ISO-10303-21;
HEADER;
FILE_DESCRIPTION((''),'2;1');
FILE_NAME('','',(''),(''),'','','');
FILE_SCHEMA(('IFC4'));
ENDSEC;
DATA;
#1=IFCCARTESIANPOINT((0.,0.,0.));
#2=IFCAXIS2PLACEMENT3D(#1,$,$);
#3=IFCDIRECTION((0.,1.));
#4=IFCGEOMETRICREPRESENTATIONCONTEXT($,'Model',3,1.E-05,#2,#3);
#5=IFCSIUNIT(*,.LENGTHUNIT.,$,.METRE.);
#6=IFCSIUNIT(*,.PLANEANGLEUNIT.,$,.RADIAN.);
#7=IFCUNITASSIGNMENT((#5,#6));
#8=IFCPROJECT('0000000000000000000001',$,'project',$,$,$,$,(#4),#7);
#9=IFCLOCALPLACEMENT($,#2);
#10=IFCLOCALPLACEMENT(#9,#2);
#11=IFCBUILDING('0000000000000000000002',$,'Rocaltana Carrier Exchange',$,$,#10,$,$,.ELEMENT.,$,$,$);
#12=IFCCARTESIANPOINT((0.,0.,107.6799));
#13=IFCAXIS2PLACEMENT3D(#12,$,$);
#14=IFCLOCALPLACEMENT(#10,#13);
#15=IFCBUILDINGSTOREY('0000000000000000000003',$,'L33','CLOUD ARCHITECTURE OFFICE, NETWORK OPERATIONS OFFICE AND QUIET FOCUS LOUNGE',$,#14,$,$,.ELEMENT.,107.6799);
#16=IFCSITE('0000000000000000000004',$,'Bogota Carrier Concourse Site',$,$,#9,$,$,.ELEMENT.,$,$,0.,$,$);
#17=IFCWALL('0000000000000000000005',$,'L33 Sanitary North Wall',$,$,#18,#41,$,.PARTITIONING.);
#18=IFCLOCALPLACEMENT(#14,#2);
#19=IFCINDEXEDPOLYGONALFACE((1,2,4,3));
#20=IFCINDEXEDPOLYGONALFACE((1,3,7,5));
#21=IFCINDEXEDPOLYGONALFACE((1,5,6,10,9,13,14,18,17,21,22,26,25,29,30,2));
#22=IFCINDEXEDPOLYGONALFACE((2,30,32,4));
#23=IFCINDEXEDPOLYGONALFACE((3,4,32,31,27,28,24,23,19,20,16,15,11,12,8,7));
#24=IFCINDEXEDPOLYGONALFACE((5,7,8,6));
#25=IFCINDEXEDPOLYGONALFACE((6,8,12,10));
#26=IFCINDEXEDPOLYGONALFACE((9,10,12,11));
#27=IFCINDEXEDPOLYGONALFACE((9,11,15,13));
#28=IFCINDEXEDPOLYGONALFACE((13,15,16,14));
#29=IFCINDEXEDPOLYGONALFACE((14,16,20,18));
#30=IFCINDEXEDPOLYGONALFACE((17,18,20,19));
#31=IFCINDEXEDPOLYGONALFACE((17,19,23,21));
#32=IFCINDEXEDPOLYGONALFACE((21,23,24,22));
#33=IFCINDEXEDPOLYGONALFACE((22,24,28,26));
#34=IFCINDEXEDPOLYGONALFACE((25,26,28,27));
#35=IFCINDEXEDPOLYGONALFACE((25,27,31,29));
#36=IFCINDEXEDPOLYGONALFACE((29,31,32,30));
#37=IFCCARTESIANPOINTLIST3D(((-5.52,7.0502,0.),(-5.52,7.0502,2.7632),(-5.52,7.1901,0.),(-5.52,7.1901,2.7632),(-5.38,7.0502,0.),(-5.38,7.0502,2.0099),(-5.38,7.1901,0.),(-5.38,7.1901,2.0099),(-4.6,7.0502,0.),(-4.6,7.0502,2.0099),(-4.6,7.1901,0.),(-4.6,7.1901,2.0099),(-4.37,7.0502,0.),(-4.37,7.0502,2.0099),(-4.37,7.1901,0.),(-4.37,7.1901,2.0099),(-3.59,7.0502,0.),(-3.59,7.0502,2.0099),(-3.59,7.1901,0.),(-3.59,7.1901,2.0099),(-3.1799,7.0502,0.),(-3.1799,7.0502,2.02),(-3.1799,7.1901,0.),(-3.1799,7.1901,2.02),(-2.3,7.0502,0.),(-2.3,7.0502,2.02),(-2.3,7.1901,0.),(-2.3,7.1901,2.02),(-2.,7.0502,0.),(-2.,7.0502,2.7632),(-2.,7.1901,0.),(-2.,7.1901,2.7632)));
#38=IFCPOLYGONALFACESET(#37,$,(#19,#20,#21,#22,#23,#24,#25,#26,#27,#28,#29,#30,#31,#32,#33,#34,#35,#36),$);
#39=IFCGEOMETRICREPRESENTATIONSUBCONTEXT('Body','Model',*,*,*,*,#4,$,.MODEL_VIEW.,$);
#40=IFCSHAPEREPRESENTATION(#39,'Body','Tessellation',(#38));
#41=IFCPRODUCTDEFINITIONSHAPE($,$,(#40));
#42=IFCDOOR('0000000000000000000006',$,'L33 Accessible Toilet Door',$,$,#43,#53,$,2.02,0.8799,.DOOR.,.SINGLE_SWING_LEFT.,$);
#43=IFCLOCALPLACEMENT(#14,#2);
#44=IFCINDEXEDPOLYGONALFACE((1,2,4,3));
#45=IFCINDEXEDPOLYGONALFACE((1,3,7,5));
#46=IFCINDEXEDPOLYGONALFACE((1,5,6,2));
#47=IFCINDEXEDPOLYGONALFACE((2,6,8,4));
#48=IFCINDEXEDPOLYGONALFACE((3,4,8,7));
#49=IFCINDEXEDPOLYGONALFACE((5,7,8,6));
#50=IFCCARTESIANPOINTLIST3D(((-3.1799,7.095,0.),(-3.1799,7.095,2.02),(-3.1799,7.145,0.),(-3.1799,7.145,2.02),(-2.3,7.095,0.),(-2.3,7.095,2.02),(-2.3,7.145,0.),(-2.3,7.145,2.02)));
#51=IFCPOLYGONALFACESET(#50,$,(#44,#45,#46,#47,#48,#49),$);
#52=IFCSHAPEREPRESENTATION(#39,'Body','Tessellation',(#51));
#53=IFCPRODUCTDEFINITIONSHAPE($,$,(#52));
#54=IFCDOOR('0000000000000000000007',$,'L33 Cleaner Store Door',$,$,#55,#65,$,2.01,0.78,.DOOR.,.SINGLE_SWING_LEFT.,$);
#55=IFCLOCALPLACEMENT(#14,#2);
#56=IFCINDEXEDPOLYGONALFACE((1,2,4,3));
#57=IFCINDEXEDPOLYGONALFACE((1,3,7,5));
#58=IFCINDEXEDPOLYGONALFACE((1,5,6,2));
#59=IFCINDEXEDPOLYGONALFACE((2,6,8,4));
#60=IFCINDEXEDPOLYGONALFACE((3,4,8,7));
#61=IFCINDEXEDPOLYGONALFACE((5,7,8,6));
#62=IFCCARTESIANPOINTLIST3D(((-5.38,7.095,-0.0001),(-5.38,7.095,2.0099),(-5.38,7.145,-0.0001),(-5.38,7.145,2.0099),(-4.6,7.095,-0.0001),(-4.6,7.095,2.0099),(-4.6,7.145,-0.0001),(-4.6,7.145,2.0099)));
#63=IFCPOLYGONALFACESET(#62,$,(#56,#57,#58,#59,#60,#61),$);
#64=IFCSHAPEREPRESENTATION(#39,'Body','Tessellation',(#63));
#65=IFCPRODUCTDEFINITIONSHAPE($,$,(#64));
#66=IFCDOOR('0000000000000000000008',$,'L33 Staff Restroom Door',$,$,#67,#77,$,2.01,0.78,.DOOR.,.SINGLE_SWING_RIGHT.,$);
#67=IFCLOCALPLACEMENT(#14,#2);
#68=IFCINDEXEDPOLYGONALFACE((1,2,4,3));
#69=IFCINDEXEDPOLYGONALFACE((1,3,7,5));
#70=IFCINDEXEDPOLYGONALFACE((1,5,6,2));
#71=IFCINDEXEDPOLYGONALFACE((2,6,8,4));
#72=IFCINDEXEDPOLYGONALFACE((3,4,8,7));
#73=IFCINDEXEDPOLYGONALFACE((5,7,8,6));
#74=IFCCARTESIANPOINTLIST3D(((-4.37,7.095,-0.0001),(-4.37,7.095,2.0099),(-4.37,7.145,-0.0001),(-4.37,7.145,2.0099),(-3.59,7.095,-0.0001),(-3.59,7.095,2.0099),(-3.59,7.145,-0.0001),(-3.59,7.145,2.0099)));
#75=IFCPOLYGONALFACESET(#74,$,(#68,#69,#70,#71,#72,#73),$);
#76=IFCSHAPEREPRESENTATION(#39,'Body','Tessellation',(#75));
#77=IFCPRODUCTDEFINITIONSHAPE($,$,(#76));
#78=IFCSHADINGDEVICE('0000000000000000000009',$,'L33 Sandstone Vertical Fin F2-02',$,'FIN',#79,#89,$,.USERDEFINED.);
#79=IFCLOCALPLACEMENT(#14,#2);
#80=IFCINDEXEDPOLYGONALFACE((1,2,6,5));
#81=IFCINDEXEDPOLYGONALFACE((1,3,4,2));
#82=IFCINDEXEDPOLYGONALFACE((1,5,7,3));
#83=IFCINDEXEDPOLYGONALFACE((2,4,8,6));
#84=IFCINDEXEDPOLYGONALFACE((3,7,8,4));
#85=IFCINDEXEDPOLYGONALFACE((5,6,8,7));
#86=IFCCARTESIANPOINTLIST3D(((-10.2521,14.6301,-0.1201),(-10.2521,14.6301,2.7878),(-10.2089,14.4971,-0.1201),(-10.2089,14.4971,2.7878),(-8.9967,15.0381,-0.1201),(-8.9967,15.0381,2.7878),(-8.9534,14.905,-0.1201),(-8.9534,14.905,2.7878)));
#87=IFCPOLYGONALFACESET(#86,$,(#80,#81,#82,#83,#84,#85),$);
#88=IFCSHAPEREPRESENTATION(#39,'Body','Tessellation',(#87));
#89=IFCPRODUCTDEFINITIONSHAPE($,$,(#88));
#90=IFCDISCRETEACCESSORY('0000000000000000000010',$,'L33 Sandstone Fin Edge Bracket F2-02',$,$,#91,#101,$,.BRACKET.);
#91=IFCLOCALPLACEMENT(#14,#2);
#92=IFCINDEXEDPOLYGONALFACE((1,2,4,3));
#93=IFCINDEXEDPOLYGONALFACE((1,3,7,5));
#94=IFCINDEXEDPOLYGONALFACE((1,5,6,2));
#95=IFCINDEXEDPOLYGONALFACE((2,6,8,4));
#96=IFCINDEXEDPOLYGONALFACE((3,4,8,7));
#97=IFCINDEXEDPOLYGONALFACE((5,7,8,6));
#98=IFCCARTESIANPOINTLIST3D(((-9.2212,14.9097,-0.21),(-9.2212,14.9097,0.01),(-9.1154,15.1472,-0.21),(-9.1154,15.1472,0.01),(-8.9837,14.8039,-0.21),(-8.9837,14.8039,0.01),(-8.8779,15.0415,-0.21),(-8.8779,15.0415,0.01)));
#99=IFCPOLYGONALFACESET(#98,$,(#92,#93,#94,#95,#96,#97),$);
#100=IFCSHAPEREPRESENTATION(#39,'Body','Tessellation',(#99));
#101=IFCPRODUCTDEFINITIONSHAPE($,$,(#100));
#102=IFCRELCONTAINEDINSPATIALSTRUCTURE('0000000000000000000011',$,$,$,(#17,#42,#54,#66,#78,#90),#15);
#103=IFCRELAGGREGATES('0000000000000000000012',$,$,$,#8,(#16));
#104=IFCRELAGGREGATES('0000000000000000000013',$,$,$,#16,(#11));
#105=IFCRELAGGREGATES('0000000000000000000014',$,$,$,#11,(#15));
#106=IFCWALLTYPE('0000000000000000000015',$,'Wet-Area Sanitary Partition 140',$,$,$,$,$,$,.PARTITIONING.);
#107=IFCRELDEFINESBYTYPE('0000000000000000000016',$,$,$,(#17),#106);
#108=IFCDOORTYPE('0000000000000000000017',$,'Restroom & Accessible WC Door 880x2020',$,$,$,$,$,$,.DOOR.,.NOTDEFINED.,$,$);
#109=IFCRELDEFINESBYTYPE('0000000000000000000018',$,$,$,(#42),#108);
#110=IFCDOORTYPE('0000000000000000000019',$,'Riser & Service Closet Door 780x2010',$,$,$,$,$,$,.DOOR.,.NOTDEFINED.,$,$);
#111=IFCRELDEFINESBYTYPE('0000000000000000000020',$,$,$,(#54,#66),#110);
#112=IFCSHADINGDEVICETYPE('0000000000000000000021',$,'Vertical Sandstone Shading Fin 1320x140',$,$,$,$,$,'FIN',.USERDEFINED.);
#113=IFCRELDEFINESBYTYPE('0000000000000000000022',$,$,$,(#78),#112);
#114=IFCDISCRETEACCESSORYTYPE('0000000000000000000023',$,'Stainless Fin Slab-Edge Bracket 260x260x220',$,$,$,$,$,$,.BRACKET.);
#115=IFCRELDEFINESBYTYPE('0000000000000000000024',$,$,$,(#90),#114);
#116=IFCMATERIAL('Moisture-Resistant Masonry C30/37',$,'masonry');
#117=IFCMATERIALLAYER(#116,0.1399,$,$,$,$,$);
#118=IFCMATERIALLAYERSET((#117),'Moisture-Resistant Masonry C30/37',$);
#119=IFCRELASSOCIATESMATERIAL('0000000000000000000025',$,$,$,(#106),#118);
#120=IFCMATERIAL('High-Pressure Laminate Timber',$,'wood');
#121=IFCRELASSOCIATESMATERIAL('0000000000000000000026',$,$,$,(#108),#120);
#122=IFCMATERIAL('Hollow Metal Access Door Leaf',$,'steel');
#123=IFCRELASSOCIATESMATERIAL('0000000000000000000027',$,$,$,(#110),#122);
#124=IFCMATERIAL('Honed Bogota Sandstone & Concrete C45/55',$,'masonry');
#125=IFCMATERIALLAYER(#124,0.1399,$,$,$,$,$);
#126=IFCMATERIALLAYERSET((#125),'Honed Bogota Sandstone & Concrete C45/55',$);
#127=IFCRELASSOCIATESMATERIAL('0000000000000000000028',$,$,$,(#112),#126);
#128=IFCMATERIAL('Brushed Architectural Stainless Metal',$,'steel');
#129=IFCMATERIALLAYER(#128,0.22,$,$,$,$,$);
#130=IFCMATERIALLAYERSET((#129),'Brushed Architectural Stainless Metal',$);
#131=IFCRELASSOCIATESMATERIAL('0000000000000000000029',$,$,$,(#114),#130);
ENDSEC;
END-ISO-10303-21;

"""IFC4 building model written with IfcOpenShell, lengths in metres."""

from ifc_helpers import new_model, si_unit, direction, frame, frame_2d, origin, origin_2d, place, context, subcontext, project, spatial, rectangle, extrude, material, layer, layer_set, type_object, element, fill, save


model = new_model("IFC4")

# Units and contexts
model_context = context("Model", 3, precision=1e-05, world=origin(), true_north=direction((0.0, 1.0)))
body_context = subcontext(model_context, "Body", "Model", "MODEL_VIEW")
ifc_project = project(units=[si_unit("LENGTHUNIT", "METRE"), si_unit("PLANEANGLEUNIT", "RADIAN")], contexts=[model_context])

# Site, building, storey
site_placement = place(None, origin())
site = spatial("IfcSite", under=ifc_project, at=site_placement, Name="Bogota Carrier Concourse Site", CompositionType="ELEMENT", RefElevation=0.0)
building_placement = place(site_placement, origin())
building = spatial("IfcBuilding", under=site, at=building_placement, Name="Rocaltana Carrier Exchange", CompositionType="ELEMENT")
storey_placement = place(building_placement, frame((0.0, 0.0, 107.6799)))
storey = spatial("IfcBuildingStorey", under=building, at=storey_placement, Name="L33", Description="CLOUD ARCHITECTURE OFFICE, NETWORK OPERATIONS OFFICE AND QUIET FOCUS LOUNGE", CompositionType="ELEMENT", Elevation=107.6799)

# Wall, openings, doors
ifc_material_1 = material(Name="Moisture-Resistant Masonry C30/37", Category="masonry")
ifc_layer_1 = layer(ifc_material_1, 0.1399)
ifc_layer_set_1 = layer_set([ifc_layer_1], Name="Moisture-Resistant Masonry C30/37")
wall_type_1 = type_object("IfcWallType", Name="Wet-Area Sanitary Partition 140", PredefinedType="PARTITIONING", material=ifc_layer_set_1)
wall_1_placement = place(storey_placement, frame((-5.52, 7.1201, 0.0), z_axis=(0.0, 0.0, 1.0), x_axis=(1.0, 0.0, 0.0)))
wall_1 = element("IfcWall", 1, at=wall_1_placement, inside=storey, type_object=wall_type_1, Name="L33 Sanitary North Wall", PredefinedType="PARTITIONING", context=body_context, shape_type="SweptSolid", body=[
    extrude(rectangle(XDim=3.52, YDim=0.1399, at=frame_2d((1.76, 0.0))), origin(), (0.0, 0.0, 1.0), 2.7632),
])
opening_1_placement = place(wall_1_placement, frame((0.1399, 0.0, 0.0)))
opening_1 = element("IfcOpeningElement", 2, at=opening_1_placement, cuts=wall_1, PredefinedType="OPENING", context=body_context, shape_type="SweptSolid", body=[
    extrude(rectangle(XDim=0.78, YDim=2.01, at=frame_2d((0.3901, 1.0049))), frame((0.0, 0.0798, 0.0), z_axis=(0.0, -1.0, 0.0), x_axis=(1.0, 0.0, 0.0)), (0.0, 0.0, 1.0), 0.1599),
])
opening_2_placement = place(wall_1_placement, frame((1.1499, 0.0, 0.0)))
opening_2 = element("IfcOpeningElement", 3, at=opening_2_placement, cuts=wall_1, PredefinedType="OPENING", context=body_context, shape_type="SweptSolid", body=[
    extrude(rectangle(XDim=0.78, YDim=2.01, at=frame_2d((0.3901, 1.0049))), frame((0.0, 0.0798, 0.0), z_axis=(0.0, -1.0, 0.0), x_axis=(1.0, 0.0, 0.0)), (0.0, 0.0, 1.0), 0.1599),
])
opening_3_placement = place(wall_1_placement, frame((2.3401, 0.0, 0.0)))
opening_3 = element("IfcOpeningElement", 4, at=opening_3_placement, cuts=wall_1, PredefinedType="OPENING", context=body_context, shape_type="SweptSolid", body=[
    extrude(rectangle(XDim=0.8799, YDim=2.02, at=frame_2d((0.4399, 1.01))), frame((0.0, 0.0798, 0.0), z_axis=(0.0, -1.0, 0.0), x_axis=(1.0, 0.0, 0.0)), (0.0, 0.0, 1.0), 0.1599),
])
ifc_material_2 = material(Name="High-Pressure Laminate Timber", Category="wood")
door_type_1 = type_object("IfcDoorType", Name="Restroom & Accessible WC Door 880x2020", OperationType="NOTDEFINED", PredefinedType="DOOR", material=ifc_material_2)
door_1_placement = place(opening_3_placement, origin())
door_1 = element("IfcDoor", 5, at=door_1_placement, inside=storey, type_object=door_type_1, Name="L33 Accessible Toilet Door", OperationType="SINGLE_SWING_LEFT", OverallHeight=2.02, OverallWidth=0.8799, PredefinedType="DOOR", context=body_context, shape_type="SweptSolid", body=[
    extrude(rectangle(XDim=0.8799, YDim=2.02, at=frame_2d((0.4399, 1.01))), frame((0.0, 0.0249, 0.0), z_axis=(0.0, -1.0, 0.0), x_axis=(1.0, 0.0, 0.0)), (0.0, 0.0, 1.0), 0.05),
])
fill(opening_3, door_1)
ifc_material_3 = material(Name="Hollow Metal Access Door Leaf", Category="steel")
door_type_2 = type_object("IfcDoorType", Name="Riser & Service Closet Door 780x2010", OperationType="NOTDEFINED", PredefinedType="DOOR", material=ifc_material_3)
door_2_placement = place(opening_1_placement, origin())
door_2 = element("IfcDoor", 6, at=door_2_placement, inside=storey, type_object=door_type_2, Name="L33 Cleaner Store Door", OperationType="SINGLE_SWING_LEFT", OverallHeight=2.01, OverallWidth=0.78, PredefinedType="DOOR", context=body_context, shape_type="SweptSolid", body=[
    extrude(rectangle(XDim=0.78, YDim=2.01, at=frame_2d((0.3901, 1.0049))), frame((0.0, 0.0249, 0.0), z_axis=(0.0, -1.0, 0.0), x_axis=(1.0, 0.0, 0.0)), (0.0, 0.0, 1.0), 0.05),
])
fill(opening_1, door_2)
door_3_placement = place(opening_2_placement, origin())
door_3 = element("IfcDoor", 7, at=door_3_placement, inside=storey, type_object=door_type_2, Name="L33 Staff Restroom Door", OperationType="SINGLE_SWING_RIGHT", OverallHeight=2.01, OverallWidth=0.78, PredefinedType="DOOR", context=body_context, shape_type="SweptSolid", body=[
    extrude(rectangle(XDim=0.78, YDim=2.01, at=frame_2d((0.3901, 1.0049))), frame((0.0, 0.0249, 0.0), z_axis=(0.0, -1.0, 0.0), x_axis=(1.0, 0.0, 0.0)), (0.0, 0.0, 1.0), 0.05),
])
fill(opening_2, door_3)

# Shading device
ifc_material_4 = material(Name="Honed Bogota Sandstone & Concrete C45/55", Category="masonry")
ifc_layer_2 = layer(ifc_material_4, 0.1399)
ifc_layer_set_2 = layer_set([ifc_layer_2], Name="Honed Bogota Sandstone & Concrete C45/55")
shading_device_type = type_object("IfcShadingDeviceType", Name="Vertical Sandstone Shading Fin 1320x140", ElementType="FIN", PredefinedType="USERDEFINED", material=ifc_layer_set_2)
shading_device_placement = place(storey_placement, frame((-9.6028, 14.7676, -0.1201), z_axis=(0.0, 0.0, 1.0), x_axis=(-0.951057, -0.309017, 0.0)))
element("IfcShadingDevice", 8, at=shading_device_placement, inside=storey, type_object=shading_device_type, Name="L33 Sandstone Vertical Fin F2-02", ObjectType="FIN", PredefinedType="USERDEFINED", context=body_context, shape_type="SweptSolid", body=[
    extrude(rectangle(XDim=1.3201, YDim=0.1399, at=origin_2d()), origin(), (0.0, 0.0, 1.0), 2.908),
])

# Discrete accessory
ifc_material_5 = material(Name="Brushed Architectural Stainless Metal", Category="steel")
ifc_layer_3 = layer(ifc_material_5, 0.22)
ifc_layer_set_3 = layer_set([ifc_layer_3], Name="Brushed Architectural Stainless Metal")
discrete_accessory_type = type_object("IfcDiscreteAccessoryType", Name="Stainless Fin Slab-Edge Bracket 260x260x220", PredefinedType="BRACKET", material=ifc_layer_set_3)
discrete_accessory_placement = place(storey_placement, frame((-9.0496, 14.9756, -0.21), z_axis=(0.0, 0.0, 1.0), x_axis=(-0.406737, -0.913545, 0.0)))
element("IfcDiscreteAccessory", 9, at=discrete_accessory_placement, inside=storey, type_object=discrete_accessory_type, Name="L33 Sandstone Fin Edge Bracket F2-02", PredefinedType="BRACKET", context=body_context, shape_type="SweptSolid", body=[
    extrude(rectangle(XDim=0.26, YDim=0.26, at=origin_2d()), origin(), (0.0, 0.0, 1.0), 0.22),
])

save(model, "model.ifc")
